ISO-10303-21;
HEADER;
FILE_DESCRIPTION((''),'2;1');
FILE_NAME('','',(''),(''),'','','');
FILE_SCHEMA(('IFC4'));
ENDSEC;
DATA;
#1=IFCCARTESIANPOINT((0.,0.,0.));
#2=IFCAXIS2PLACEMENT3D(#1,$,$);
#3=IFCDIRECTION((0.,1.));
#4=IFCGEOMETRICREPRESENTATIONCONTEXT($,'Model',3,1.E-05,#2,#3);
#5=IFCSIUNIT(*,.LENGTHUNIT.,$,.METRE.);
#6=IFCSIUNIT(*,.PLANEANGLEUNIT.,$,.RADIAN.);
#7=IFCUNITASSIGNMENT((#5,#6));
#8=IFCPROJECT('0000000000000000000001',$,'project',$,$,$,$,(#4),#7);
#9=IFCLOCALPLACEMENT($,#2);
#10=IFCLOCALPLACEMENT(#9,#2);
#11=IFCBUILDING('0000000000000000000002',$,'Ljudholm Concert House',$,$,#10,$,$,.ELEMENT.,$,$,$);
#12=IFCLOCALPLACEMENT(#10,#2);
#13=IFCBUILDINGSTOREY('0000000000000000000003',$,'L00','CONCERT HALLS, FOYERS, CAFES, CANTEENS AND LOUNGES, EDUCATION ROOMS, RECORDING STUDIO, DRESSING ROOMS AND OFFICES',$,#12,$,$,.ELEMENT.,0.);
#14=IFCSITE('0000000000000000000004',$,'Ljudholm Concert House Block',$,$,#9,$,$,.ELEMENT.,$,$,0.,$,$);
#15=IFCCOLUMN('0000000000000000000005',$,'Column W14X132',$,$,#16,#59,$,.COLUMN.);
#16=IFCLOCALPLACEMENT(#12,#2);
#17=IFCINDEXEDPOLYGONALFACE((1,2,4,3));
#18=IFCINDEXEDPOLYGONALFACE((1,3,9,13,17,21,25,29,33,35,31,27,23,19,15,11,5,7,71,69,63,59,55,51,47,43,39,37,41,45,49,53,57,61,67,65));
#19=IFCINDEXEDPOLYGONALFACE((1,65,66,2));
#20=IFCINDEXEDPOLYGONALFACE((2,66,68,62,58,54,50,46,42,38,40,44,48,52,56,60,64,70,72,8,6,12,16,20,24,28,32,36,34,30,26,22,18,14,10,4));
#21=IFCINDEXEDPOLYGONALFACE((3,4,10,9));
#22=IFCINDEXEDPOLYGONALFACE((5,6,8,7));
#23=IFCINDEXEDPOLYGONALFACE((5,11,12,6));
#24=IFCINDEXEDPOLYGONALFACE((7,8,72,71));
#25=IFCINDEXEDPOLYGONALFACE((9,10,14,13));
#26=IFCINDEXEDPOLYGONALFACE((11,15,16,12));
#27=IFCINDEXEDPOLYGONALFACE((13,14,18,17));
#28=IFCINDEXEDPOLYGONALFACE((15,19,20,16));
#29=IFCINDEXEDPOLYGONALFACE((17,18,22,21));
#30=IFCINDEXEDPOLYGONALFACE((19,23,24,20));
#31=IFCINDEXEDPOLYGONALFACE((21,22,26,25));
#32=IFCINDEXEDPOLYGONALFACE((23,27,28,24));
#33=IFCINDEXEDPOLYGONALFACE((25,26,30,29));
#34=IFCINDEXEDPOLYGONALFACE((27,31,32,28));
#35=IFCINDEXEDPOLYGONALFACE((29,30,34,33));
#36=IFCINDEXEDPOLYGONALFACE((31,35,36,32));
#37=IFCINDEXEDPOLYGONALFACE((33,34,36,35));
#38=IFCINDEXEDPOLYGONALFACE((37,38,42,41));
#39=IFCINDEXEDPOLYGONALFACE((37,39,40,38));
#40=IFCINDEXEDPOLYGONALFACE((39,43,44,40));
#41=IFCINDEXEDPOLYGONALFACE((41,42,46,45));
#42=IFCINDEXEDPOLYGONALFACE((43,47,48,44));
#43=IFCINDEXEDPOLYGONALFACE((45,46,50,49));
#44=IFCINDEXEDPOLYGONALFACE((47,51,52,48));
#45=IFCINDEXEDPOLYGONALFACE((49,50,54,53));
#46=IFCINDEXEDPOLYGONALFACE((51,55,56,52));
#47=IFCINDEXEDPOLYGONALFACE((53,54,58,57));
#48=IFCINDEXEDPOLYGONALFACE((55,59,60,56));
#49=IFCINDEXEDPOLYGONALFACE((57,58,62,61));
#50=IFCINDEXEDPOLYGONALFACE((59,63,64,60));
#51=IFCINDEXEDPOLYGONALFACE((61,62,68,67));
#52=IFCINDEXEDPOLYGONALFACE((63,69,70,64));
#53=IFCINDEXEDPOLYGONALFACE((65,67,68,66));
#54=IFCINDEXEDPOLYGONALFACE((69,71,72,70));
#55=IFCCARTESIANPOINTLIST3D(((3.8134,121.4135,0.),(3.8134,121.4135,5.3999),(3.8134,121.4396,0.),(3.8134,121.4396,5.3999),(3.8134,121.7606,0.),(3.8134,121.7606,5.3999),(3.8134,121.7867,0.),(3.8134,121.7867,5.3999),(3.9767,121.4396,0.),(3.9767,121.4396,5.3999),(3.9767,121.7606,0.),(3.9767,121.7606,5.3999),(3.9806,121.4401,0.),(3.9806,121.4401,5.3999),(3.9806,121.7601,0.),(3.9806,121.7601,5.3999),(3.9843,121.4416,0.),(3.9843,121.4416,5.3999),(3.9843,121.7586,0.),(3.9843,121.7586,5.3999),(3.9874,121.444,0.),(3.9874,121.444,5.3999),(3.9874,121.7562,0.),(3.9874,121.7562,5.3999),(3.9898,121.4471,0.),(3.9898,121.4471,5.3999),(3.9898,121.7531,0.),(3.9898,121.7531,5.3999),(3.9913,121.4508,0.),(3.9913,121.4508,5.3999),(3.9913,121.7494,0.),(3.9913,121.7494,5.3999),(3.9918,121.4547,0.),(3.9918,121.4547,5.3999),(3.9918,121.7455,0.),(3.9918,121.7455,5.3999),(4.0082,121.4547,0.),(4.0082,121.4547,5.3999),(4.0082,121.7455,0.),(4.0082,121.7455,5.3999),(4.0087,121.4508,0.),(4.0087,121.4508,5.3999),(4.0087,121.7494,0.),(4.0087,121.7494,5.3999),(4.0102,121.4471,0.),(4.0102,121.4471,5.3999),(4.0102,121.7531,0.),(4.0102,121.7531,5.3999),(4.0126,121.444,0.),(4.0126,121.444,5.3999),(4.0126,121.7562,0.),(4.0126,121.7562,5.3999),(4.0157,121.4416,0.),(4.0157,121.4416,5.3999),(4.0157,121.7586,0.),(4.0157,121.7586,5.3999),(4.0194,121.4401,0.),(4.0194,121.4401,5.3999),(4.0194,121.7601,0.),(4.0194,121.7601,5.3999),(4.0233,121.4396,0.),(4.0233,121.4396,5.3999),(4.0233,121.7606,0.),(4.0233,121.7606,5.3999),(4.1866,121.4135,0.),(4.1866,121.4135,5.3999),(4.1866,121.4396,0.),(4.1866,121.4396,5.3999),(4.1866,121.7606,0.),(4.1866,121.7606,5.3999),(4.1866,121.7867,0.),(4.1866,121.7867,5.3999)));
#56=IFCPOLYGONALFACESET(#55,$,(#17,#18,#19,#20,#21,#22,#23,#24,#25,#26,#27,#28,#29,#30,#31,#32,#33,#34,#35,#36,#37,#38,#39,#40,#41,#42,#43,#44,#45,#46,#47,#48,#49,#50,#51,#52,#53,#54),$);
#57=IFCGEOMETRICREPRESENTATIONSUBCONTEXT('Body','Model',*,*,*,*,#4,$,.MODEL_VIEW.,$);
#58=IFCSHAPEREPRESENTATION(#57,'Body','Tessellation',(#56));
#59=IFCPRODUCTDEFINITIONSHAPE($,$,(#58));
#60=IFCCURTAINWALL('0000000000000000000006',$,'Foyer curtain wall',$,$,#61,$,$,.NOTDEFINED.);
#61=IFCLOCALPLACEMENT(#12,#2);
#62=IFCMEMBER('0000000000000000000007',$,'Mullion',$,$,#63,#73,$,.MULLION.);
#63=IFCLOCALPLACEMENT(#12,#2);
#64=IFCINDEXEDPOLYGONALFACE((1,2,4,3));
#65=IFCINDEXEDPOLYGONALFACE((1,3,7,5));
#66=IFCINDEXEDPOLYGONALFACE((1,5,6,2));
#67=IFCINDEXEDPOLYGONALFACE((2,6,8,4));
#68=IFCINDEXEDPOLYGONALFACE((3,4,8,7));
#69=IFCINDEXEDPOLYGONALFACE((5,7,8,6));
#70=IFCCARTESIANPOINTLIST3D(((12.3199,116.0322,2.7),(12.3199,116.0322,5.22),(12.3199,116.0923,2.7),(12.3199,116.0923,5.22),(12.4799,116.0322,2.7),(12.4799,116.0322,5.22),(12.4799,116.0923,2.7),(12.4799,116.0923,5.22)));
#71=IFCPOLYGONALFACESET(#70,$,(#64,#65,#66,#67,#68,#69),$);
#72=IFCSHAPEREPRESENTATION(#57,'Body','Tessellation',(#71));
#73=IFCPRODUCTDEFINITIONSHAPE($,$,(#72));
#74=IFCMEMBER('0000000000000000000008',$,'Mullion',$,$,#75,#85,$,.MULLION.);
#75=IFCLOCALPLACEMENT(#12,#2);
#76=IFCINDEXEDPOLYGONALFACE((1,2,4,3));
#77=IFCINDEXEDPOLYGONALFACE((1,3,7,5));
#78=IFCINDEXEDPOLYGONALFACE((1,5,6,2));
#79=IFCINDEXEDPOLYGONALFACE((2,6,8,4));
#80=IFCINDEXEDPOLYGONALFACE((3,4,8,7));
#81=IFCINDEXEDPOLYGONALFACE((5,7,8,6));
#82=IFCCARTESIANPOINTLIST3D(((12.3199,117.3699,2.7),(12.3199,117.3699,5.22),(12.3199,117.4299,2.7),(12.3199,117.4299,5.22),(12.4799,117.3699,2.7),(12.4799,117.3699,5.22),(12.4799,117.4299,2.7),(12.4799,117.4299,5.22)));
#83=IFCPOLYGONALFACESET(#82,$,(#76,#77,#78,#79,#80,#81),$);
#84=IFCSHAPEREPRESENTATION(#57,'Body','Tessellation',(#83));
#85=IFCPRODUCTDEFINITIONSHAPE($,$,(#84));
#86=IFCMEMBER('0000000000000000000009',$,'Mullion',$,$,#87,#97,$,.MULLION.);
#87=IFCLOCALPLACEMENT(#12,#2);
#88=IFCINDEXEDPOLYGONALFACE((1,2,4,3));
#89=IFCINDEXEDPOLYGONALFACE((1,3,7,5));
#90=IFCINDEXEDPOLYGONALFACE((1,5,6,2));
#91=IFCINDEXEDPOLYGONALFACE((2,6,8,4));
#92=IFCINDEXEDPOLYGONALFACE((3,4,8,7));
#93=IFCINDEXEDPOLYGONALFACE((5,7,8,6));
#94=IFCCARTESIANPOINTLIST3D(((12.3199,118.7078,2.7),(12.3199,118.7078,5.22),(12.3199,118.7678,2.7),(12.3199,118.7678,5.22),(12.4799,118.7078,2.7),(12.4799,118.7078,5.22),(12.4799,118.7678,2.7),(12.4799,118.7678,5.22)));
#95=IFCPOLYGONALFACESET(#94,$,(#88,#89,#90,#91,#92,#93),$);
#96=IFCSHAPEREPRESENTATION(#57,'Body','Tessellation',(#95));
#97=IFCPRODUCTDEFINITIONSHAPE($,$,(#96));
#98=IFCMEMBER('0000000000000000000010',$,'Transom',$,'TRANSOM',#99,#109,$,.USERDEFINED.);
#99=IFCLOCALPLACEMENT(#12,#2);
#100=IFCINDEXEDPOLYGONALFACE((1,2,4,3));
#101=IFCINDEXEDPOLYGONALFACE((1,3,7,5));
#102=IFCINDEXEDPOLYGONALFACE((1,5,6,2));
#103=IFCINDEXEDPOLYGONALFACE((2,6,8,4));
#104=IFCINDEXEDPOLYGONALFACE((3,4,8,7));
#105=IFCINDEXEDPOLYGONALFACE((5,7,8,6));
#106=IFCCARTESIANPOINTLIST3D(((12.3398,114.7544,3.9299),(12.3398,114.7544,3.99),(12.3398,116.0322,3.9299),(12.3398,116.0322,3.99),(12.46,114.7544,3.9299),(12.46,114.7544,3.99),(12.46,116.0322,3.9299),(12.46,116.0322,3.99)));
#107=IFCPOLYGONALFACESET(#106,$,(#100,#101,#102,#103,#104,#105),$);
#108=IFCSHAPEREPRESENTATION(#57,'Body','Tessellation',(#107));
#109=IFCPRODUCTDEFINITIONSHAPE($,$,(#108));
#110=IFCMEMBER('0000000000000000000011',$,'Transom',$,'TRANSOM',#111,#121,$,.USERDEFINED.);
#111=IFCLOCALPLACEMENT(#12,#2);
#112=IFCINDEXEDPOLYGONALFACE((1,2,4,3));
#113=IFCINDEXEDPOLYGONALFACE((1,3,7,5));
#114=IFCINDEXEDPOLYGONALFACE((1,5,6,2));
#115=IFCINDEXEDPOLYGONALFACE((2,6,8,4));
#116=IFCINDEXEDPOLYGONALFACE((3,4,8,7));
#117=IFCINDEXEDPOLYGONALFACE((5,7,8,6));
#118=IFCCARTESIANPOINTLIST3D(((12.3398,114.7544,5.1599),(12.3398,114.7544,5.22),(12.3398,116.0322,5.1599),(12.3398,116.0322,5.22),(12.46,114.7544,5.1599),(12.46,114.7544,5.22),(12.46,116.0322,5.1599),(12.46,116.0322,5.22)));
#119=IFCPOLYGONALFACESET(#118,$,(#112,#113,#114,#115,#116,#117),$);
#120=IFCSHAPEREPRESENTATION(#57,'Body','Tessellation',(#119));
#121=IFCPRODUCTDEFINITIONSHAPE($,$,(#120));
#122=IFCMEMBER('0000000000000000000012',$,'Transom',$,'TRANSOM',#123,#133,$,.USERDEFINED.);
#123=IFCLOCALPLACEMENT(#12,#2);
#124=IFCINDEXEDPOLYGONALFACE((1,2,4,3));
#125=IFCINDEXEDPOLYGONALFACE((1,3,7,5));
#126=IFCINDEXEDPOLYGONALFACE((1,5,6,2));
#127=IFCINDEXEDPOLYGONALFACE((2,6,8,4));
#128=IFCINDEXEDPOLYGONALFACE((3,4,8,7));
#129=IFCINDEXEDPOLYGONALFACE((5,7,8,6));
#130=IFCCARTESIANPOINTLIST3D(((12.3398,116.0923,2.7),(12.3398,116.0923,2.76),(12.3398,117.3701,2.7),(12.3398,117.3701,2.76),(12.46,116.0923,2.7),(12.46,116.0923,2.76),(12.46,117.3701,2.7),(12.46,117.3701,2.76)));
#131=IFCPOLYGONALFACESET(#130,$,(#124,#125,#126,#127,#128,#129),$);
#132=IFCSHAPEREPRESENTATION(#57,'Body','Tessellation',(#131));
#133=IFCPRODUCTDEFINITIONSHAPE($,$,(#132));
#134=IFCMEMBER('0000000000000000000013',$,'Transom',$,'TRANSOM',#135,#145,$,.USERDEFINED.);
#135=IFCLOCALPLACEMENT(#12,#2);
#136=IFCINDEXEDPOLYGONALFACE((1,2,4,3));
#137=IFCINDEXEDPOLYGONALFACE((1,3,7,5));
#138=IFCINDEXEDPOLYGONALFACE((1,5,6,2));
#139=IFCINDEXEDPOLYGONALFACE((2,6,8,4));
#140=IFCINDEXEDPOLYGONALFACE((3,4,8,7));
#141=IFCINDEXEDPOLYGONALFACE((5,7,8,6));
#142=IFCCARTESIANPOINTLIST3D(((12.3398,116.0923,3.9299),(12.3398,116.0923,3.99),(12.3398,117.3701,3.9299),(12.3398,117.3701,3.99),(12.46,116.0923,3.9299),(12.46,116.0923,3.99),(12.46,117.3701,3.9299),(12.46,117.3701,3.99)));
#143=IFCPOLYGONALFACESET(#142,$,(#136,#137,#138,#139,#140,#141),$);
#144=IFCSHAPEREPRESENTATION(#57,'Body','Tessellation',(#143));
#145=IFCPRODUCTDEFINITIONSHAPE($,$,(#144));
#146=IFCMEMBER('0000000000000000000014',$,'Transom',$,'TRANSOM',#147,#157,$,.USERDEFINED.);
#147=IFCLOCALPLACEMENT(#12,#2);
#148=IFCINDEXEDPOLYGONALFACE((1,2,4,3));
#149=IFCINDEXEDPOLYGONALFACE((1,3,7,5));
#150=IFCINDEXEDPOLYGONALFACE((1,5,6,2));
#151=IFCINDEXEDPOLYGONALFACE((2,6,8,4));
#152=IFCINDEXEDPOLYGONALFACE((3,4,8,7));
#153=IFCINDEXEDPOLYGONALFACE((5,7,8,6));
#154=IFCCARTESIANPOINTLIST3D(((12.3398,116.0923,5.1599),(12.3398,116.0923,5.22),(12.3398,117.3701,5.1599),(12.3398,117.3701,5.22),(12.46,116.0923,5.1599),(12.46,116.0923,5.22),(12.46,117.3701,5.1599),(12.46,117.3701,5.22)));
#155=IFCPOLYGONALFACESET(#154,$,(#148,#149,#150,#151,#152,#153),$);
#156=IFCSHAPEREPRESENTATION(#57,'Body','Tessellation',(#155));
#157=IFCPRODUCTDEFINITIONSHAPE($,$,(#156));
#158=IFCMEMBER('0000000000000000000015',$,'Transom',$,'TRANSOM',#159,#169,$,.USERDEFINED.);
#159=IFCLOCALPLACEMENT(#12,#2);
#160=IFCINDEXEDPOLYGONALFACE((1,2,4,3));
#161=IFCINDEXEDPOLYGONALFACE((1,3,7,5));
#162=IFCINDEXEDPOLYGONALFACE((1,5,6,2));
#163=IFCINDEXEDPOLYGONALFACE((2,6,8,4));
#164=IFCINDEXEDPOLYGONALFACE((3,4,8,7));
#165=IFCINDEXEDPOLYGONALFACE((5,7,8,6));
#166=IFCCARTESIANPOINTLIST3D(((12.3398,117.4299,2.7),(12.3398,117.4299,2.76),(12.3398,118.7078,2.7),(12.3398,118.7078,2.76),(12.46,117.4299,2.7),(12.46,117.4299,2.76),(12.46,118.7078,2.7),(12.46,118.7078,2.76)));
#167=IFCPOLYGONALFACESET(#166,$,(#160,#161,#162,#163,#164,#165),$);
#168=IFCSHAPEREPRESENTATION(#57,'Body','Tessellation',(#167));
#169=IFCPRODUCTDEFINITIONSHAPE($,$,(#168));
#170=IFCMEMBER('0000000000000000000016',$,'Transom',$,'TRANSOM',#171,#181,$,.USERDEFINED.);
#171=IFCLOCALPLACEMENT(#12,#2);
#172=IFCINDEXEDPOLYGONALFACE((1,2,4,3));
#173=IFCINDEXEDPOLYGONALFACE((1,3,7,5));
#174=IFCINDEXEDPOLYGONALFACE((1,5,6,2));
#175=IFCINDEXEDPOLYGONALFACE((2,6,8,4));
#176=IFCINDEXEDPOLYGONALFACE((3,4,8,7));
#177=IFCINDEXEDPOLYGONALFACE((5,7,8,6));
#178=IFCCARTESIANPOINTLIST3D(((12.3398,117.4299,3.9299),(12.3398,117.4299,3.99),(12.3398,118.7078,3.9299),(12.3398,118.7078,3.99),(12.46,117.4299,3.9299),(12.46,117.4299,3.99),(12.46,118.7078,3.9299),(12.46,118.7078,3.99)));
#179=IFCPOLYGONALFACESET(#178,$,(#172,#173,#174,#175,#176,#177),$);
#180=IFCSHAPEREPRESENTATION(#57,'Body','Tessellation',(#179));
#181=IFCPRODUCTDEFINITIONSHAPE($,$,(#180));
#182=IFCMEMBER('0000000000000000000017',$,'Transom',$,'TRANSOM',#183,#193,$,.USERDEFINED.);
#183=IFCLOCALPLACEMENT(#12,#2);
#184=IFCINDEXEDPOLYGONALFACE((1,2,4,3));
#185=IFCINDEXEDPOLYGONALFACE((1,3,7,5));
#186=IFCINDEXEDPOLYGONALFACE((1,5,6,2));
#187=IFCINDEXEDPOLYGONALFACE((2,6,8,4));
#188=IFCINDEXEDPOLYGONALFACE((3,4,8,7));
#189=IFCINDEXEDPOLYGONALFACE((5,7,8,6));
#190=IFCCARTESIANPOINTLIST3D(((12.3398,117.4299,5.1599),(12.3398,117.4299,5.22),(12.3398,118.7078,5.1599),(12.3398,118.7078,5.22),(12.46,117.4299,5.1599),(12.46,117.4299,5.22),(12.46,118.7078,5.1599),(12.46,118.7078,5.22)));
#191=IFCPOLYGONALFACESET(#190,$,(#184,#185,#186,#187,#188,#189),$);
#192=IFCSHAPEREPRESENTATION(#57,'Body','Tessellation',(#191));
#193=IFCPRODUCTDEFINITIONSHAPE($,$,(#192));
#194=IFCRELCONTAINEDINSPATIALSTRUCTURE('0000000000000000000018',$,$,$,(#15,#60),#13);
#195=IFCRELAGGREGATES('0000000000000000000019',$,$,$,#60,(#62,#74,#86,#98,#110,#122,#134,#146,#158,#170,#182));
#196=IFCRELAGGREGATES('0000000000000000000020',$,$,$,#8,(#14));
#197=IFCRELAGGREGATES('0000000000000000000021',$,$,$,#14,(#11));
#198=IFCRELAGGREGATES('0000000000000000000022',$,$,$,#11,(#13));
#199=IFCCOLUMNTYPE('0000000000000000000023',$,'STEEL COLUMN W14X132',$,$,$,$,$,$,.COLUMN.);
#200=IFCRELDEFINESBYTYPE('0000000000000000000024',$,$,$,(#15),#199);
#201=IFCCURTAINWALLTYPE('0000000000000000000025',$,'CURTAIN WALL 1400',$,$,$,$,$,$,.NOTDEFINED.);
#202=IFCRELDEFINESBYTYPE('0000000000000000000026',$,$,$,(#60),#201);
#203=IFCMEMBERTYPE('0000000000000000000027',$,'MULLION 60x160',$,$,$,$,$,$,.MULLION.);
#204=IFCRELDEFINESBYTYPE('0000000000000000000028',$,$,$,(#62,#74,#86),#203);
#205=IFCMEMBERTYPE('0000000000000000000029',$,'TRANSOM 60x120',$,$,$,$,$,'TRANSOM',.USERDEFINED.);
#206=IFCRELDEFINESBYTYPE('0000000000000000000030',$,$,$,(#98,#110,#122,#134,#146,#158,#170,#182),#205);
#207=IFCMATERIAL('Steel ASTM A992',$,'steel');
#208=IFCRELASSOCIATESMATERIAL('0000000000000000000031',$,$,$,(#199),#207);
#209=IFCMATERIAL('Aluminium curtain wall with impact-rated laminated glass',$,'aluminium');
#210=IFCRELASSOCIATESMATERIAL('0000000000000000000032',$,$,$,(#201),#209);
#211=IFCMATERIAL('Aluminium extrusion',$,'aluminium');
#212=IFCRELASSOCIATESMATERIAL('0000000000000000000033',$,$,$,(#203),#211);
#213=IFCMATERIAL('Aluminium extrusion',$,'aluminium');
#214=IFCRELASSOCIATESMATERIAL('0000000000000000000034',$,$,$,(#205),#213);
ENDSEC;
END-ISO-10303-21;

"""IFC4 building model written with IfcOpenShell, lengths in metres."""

from ifc_helpers import new_model, si_unit, direction, frame, origin, origin_2d, place, context, subcontext, project, spatial, rectangle, i_section, extrude, material, material_profile, profile_set, type_object, element, aggregate, save


model = new_model("IFC4")

# Units and contexts
model_context = context("Model", 3, precision=1e-05, world=origin(), true_north=direction((0.0, 1.0)))
body_context = subcontext(model_context, "Body", "Model", "MODEL_VIEW")
ifc_project = project(units=[si_unit("LENGTHUNIT", "METRE"), si_unit("PLANEANGLEUNIT", "RADIAN")], contexts=[model_context])

# Site, building, storey
site_placement = place(None, origin())
site = spatial("IfcSite", under=ifc_project, at=site_placement, Name="Ljudholm Concert House Block", CompositionType="ELEMENT", RefElevation=0.0)
building_placement = place(site_placement, origin())
building = spatial("IfcBuilding", under=site, at=building_placement, Name="Ljudholm Concert House", CompositionType="ELEMENT")
storey_placement = place(building_placement, origin())
storey = spatial("IfcBuildingStorey", under=building, at=storey_placement, Name="L00", Description="CONCERT HALLS, FOYERS, CAFES, CANTEENS AND LOUNGES, EDUCATION ROOMS, RECORDING STUDIO, DRESSING ROOMS AND OFFICES", CompositionType="ELEMENT", Elevation=0.0)

# Column
ifc_material_1 = material(Name="Steel ASTM A992", Category="steel")
ifc_material_profile_1 = material_profile(ifc_material_1, i_section(OverallWidth=0.3733, OverallDepth=0.3733, WebThickness=0.0164, FlangeThickness=0.0261, FilletRadius=0.0151, at=origin_2d()), Name="W14X132")
ifc_profile_set_1 = profile_set([ifc_material_profile_1], Name="Steel ASTM A992")
column_type = type_object("IfcColumnType", Name="STEEL COLUMN W14X132", PredefinedType="COLUMN", material=ifc_profile_set_1)
column_placement = place(storey_placement, frame((4.0, 121.6001, 0.0), z_axis=(0.0, 0.0, 1.0), x_axis=(1.0, 0.0, 0.0)))
element("IfcColumn", 1, at=column_placement, inside=storey, type_object=column_type, Name="Column W14X132", PredefinedType="COLUMN", context=body_context, shape_type="SweptSolid", body=[
    extrude(i_section(OverallWidth=0.3733, OverallDepth=0.3733, WebThickness=0.0164, FlangeThickness=0.0261, FilletRadius=0.0151, at=origin_2d()), origin(), (0.0, 0.0, 1.0), 5.3999),
])

# Curtain wall, members
ifc_material_2 = material(Name="Aluminium curtain wall with impact-rated laminated glass", Category="aluminium")
curtain_wall_type = type_object("IfcCurtainWallType", Name="CURTAIN WALL 1400", PredefinedType="NOTDEFINED", material=ifc_material_2)
curtain_wall_placement = place(storey_placement, origin())
curtain_wall = element("IfcCurtainWall", 2, at=curtain_wall_placement, inside=storey, type_object=curtain_wall_type, Name="Foyer curtain wall", PredefinedType="NOTDEFINED")
ifc_material_3 = material(Name="Aluminium extrusion", Category="aluminium")
ifc_material_profile_2 = material_profile(ifc_material_3, rectangle(XDim=0.1599, YDim=0.0601, at=origin_2d()), Name="MULLION 60x160")
ifc_profile_set_2 = profile_set([ifc_material_profile_2], Name="Aluminium extrusion")
member_type_1 = type_object("IfcMemberType", Name="MULLION 60x160", PredefinedType="MULLION", material=ifc_profile_set_2)
member_1_placement = place(storey_placement, frame((12.3999, 116.0623, 2.7), z_axis=(0.0, 0.0, 1.0), x_axis=(-1.0, 0.0, 0.0)))
member_1 = element("IfcMember", 3, at=member_1_placement, type_object=member_type_1, Name="Mullion", PredefinedType="MULLION", context=body_context, shape_type="SweptSolid", body=[
    extrude(rectangle(XDim=0.1599, YDim=0.0601, at=origin_2d()), origin(), (0.0, 0.0, 1.0), 2.52),
])
member_2_placement = place(storey_placement, frame((12.3999, 117.3999, 2.7), z_axis=(0.0, 0.0, 1.0), x_axis=(-1.0, 0.0, 0.0)))
member_2 = element("IfcMember", 4, at=member_2_placement, type_object=member_type_1, Name="Mullion", PredefinedType="MULLION", context=body_context, shape_type="SweptSolid", body=[
    extrude(rectangle(XDim=0.1599, YDim=0.0601, at=origin_2d()), origin(), (0.0, 0.0, 1.0), 2.52),
])
member_3_placement = place(storey_placement, frame((12.3999, 118.7378, 2.7), z_axis=(0.0, 0.0, 1.0), x_axis=(-1.0, 0.0, 0.0)))
member_3 = element("IfcMember", 5, at=member_3_placement, type_object=member_type_1, Name="Mullion", PredefinedType="MULLION", context=body_context, shape_type="SweptSolid", body=[
    extrude(rectangle(XDim=0.1599, YDim=0.0601, at=origin_2d()), origin(), (0.0, 0.0, 1.0), 2.52),
])
ifc_material_4 = material(Name="Aluminium extrusion", Category="aluminium")
ifc_material_profile_3 = material_profile(ifc_material_4, rectangle(XDim=0.1201, YDim=0.0601, at=origin_2d()), Name="TRANSOM 60x120")
ifc_profile_set_3 = profile_set([ifc_material_profile_3], Name="Aluminium extrusion")
member_type_2 = type_object("IfcMemberType", Name="TRANSOM 60x120", ElementType="TRANSOM", PredefinedType="USERDEFINED", material=ifc_profile_set_3)
member_4_placement = place(storey_placement, frame((12.3999, 114.7544, 3.96), z_axis=(0.0, 1.0, 0.0), x_axis=(-1.0, 0.0, 0.0)))
member_4 = element("IfcMember", 6, at=member_4_placement, type_object=member_type_2, Name="Transom", ObjectType="TRANSOM", PredefinedType="USERDEFINED", context=body_context, shape_type="SweptSolid", body=[
    extrude(rectangle(XDim=0.1201, YDim=0.0601, at=origin_2d()), origin(), (0.0, 0.0, 1.0), 1.2778),
])
member_5_placement = place(storey_placement, frame((12.3999, 114.7544, 5.1899), z_axis=(0.0, 1.0, 0.0), x_axis=(-1.0, 0.0, 0.0)))
member_5 = element("IfcMember", 7, at=member_5_placement, type_object=member_type_2, Name="Transom", ObjectType="TRANSOM", PredefinedType="USERDEFINED", context=body_context, shape_type="SweptSolid", body=[
    extrude(rectangle(XDim=0.1201, YDim=0.0601, at=origin_2d()), origin(), (0.0, 0.0, 1.0), 1.2778),
])
member_6_placement = place(storey_placement, frame((12.3999, 116.0923, 2.73), z_axis=(0.0, 1.0, 0.0), x_axis=(-1.0, 0.0, 0.0)))
member_6 = element("IfcMember", 8, at=member_6_placement, type_object=member_type_2, Name="Transom", ObjectType="TRANSOM", PredefinedType="USERDEFINED", context=body_context, shape_type="SweptSolid", body=[
    extrude(rectangle(XDim=0.1201, YDim=0.0601, at=origin_2d()), origin(), (0.0, 0.0, 1.0), 1.2778),
])
member_7_placement = place(storey_placement, frame((12.3999, 116.0923, 3.96), z_axis=(0.0, 1.0, 0.0), x_axis=(-1.0, 0.0, 0.0)))
member_7 = element("IfcMember", 9, at=member_7_placement, type_object=member_type_2, Name="Transom", ObjectType="TRANSOM", PredefinedType="USERDEFINED", context=body_context, shape_type="SweptSolid", body=[
    extrude(rectangle(XDim=0.1201, YDim=0.0601, at=origin_2d()), origin(), (0.0, 0.0, 1.0), 1.2778),
])
member_8_placement = place(storey_placement, frame((12.3999, 116.0923, 5.1899), z_axis=(0.0, 1.0, 0.0), x_axis=(-1.0, 0.0, 0.0)))
member_8 = element("IfcMember", 10, at=member_8_placement, type_object=member_type_2, Name="Transom", ObjectType="TRANSOM", PredefinedType="USERDEFINED", context=body_context, shape_type="SweptSolid", body=[
    extrude(rectangle(XDim=0.1201, YDim=0.0601, at=origin_2d()), origin(), (0.0, 0.0, 1.0), 1.2778),
])
member_9_placement = place(storey_placement, frame((12.3999, 117.4299, 2.73), z_axis=(0.0, 1.0, 0.0), x_axis=(-1.0, 0.0, 0.0)))
member_9 = element("IfcMember", 11, at=member_9_placement, type_object=member_type_2, Name="Transom", ObjectType="TRANSOM", PredefinedType="USERDEFINED", context=body_context, shape_type="SweptSolid", body=[
    extrude(rectangle(XDim=0.1201, YDim=0.0601, at=origin_2d()), origin(), (0.0, 0.0, 1.0), 1.2778),
])
member_10_placement = place(storey_placement, frame((12.3999, 117.4299, 3.96), z_axis=(0.0, 1.0, 0.0), x_axis=(-1.0, 0.0, 0.0)))
member_10 = element("IfcMember", 12, at=member_10_placement, type_object=member_type_2, Name="Transom", ObjectType="TRANSOM", PredefinedType="USERDEFINED", context=body_context, shape_type="SweptSolid", body=[
    extrude(rectangle(XDim=0.1201, YDim=0.0601, at=origin_2d()), origin(), (0.0, 0.0, 1.0), 1.2778),
])
member_11_placement = place(storey_placement, frame((12.3999, 117.4299, 5.1899), z_axis=(0.0, 1.0, 0.0), x_axis=(-1.0, 0.0, 0.0)))
member_11 = element("IfcMember", 13, at=member_11_placement, type_object=member_type_2, Name="Transom", ObjectType="TRANSOM", PredefinedType="USERDEFINED", context=body_context, shape_type="SweptSolid", body=[
    extrude(rectangle(XDim=0.1201, YDim=0.0601, at=origin_2d()), origin(), (0.0, 0.0, 1.0), 1.2778),
])
aggregate(curtain_wall, [member_1, member_2, member_3, member_4, member_5, member_6, member_7, member_8, member_9, member_10, member_11])

save(model, "model.ifc")
